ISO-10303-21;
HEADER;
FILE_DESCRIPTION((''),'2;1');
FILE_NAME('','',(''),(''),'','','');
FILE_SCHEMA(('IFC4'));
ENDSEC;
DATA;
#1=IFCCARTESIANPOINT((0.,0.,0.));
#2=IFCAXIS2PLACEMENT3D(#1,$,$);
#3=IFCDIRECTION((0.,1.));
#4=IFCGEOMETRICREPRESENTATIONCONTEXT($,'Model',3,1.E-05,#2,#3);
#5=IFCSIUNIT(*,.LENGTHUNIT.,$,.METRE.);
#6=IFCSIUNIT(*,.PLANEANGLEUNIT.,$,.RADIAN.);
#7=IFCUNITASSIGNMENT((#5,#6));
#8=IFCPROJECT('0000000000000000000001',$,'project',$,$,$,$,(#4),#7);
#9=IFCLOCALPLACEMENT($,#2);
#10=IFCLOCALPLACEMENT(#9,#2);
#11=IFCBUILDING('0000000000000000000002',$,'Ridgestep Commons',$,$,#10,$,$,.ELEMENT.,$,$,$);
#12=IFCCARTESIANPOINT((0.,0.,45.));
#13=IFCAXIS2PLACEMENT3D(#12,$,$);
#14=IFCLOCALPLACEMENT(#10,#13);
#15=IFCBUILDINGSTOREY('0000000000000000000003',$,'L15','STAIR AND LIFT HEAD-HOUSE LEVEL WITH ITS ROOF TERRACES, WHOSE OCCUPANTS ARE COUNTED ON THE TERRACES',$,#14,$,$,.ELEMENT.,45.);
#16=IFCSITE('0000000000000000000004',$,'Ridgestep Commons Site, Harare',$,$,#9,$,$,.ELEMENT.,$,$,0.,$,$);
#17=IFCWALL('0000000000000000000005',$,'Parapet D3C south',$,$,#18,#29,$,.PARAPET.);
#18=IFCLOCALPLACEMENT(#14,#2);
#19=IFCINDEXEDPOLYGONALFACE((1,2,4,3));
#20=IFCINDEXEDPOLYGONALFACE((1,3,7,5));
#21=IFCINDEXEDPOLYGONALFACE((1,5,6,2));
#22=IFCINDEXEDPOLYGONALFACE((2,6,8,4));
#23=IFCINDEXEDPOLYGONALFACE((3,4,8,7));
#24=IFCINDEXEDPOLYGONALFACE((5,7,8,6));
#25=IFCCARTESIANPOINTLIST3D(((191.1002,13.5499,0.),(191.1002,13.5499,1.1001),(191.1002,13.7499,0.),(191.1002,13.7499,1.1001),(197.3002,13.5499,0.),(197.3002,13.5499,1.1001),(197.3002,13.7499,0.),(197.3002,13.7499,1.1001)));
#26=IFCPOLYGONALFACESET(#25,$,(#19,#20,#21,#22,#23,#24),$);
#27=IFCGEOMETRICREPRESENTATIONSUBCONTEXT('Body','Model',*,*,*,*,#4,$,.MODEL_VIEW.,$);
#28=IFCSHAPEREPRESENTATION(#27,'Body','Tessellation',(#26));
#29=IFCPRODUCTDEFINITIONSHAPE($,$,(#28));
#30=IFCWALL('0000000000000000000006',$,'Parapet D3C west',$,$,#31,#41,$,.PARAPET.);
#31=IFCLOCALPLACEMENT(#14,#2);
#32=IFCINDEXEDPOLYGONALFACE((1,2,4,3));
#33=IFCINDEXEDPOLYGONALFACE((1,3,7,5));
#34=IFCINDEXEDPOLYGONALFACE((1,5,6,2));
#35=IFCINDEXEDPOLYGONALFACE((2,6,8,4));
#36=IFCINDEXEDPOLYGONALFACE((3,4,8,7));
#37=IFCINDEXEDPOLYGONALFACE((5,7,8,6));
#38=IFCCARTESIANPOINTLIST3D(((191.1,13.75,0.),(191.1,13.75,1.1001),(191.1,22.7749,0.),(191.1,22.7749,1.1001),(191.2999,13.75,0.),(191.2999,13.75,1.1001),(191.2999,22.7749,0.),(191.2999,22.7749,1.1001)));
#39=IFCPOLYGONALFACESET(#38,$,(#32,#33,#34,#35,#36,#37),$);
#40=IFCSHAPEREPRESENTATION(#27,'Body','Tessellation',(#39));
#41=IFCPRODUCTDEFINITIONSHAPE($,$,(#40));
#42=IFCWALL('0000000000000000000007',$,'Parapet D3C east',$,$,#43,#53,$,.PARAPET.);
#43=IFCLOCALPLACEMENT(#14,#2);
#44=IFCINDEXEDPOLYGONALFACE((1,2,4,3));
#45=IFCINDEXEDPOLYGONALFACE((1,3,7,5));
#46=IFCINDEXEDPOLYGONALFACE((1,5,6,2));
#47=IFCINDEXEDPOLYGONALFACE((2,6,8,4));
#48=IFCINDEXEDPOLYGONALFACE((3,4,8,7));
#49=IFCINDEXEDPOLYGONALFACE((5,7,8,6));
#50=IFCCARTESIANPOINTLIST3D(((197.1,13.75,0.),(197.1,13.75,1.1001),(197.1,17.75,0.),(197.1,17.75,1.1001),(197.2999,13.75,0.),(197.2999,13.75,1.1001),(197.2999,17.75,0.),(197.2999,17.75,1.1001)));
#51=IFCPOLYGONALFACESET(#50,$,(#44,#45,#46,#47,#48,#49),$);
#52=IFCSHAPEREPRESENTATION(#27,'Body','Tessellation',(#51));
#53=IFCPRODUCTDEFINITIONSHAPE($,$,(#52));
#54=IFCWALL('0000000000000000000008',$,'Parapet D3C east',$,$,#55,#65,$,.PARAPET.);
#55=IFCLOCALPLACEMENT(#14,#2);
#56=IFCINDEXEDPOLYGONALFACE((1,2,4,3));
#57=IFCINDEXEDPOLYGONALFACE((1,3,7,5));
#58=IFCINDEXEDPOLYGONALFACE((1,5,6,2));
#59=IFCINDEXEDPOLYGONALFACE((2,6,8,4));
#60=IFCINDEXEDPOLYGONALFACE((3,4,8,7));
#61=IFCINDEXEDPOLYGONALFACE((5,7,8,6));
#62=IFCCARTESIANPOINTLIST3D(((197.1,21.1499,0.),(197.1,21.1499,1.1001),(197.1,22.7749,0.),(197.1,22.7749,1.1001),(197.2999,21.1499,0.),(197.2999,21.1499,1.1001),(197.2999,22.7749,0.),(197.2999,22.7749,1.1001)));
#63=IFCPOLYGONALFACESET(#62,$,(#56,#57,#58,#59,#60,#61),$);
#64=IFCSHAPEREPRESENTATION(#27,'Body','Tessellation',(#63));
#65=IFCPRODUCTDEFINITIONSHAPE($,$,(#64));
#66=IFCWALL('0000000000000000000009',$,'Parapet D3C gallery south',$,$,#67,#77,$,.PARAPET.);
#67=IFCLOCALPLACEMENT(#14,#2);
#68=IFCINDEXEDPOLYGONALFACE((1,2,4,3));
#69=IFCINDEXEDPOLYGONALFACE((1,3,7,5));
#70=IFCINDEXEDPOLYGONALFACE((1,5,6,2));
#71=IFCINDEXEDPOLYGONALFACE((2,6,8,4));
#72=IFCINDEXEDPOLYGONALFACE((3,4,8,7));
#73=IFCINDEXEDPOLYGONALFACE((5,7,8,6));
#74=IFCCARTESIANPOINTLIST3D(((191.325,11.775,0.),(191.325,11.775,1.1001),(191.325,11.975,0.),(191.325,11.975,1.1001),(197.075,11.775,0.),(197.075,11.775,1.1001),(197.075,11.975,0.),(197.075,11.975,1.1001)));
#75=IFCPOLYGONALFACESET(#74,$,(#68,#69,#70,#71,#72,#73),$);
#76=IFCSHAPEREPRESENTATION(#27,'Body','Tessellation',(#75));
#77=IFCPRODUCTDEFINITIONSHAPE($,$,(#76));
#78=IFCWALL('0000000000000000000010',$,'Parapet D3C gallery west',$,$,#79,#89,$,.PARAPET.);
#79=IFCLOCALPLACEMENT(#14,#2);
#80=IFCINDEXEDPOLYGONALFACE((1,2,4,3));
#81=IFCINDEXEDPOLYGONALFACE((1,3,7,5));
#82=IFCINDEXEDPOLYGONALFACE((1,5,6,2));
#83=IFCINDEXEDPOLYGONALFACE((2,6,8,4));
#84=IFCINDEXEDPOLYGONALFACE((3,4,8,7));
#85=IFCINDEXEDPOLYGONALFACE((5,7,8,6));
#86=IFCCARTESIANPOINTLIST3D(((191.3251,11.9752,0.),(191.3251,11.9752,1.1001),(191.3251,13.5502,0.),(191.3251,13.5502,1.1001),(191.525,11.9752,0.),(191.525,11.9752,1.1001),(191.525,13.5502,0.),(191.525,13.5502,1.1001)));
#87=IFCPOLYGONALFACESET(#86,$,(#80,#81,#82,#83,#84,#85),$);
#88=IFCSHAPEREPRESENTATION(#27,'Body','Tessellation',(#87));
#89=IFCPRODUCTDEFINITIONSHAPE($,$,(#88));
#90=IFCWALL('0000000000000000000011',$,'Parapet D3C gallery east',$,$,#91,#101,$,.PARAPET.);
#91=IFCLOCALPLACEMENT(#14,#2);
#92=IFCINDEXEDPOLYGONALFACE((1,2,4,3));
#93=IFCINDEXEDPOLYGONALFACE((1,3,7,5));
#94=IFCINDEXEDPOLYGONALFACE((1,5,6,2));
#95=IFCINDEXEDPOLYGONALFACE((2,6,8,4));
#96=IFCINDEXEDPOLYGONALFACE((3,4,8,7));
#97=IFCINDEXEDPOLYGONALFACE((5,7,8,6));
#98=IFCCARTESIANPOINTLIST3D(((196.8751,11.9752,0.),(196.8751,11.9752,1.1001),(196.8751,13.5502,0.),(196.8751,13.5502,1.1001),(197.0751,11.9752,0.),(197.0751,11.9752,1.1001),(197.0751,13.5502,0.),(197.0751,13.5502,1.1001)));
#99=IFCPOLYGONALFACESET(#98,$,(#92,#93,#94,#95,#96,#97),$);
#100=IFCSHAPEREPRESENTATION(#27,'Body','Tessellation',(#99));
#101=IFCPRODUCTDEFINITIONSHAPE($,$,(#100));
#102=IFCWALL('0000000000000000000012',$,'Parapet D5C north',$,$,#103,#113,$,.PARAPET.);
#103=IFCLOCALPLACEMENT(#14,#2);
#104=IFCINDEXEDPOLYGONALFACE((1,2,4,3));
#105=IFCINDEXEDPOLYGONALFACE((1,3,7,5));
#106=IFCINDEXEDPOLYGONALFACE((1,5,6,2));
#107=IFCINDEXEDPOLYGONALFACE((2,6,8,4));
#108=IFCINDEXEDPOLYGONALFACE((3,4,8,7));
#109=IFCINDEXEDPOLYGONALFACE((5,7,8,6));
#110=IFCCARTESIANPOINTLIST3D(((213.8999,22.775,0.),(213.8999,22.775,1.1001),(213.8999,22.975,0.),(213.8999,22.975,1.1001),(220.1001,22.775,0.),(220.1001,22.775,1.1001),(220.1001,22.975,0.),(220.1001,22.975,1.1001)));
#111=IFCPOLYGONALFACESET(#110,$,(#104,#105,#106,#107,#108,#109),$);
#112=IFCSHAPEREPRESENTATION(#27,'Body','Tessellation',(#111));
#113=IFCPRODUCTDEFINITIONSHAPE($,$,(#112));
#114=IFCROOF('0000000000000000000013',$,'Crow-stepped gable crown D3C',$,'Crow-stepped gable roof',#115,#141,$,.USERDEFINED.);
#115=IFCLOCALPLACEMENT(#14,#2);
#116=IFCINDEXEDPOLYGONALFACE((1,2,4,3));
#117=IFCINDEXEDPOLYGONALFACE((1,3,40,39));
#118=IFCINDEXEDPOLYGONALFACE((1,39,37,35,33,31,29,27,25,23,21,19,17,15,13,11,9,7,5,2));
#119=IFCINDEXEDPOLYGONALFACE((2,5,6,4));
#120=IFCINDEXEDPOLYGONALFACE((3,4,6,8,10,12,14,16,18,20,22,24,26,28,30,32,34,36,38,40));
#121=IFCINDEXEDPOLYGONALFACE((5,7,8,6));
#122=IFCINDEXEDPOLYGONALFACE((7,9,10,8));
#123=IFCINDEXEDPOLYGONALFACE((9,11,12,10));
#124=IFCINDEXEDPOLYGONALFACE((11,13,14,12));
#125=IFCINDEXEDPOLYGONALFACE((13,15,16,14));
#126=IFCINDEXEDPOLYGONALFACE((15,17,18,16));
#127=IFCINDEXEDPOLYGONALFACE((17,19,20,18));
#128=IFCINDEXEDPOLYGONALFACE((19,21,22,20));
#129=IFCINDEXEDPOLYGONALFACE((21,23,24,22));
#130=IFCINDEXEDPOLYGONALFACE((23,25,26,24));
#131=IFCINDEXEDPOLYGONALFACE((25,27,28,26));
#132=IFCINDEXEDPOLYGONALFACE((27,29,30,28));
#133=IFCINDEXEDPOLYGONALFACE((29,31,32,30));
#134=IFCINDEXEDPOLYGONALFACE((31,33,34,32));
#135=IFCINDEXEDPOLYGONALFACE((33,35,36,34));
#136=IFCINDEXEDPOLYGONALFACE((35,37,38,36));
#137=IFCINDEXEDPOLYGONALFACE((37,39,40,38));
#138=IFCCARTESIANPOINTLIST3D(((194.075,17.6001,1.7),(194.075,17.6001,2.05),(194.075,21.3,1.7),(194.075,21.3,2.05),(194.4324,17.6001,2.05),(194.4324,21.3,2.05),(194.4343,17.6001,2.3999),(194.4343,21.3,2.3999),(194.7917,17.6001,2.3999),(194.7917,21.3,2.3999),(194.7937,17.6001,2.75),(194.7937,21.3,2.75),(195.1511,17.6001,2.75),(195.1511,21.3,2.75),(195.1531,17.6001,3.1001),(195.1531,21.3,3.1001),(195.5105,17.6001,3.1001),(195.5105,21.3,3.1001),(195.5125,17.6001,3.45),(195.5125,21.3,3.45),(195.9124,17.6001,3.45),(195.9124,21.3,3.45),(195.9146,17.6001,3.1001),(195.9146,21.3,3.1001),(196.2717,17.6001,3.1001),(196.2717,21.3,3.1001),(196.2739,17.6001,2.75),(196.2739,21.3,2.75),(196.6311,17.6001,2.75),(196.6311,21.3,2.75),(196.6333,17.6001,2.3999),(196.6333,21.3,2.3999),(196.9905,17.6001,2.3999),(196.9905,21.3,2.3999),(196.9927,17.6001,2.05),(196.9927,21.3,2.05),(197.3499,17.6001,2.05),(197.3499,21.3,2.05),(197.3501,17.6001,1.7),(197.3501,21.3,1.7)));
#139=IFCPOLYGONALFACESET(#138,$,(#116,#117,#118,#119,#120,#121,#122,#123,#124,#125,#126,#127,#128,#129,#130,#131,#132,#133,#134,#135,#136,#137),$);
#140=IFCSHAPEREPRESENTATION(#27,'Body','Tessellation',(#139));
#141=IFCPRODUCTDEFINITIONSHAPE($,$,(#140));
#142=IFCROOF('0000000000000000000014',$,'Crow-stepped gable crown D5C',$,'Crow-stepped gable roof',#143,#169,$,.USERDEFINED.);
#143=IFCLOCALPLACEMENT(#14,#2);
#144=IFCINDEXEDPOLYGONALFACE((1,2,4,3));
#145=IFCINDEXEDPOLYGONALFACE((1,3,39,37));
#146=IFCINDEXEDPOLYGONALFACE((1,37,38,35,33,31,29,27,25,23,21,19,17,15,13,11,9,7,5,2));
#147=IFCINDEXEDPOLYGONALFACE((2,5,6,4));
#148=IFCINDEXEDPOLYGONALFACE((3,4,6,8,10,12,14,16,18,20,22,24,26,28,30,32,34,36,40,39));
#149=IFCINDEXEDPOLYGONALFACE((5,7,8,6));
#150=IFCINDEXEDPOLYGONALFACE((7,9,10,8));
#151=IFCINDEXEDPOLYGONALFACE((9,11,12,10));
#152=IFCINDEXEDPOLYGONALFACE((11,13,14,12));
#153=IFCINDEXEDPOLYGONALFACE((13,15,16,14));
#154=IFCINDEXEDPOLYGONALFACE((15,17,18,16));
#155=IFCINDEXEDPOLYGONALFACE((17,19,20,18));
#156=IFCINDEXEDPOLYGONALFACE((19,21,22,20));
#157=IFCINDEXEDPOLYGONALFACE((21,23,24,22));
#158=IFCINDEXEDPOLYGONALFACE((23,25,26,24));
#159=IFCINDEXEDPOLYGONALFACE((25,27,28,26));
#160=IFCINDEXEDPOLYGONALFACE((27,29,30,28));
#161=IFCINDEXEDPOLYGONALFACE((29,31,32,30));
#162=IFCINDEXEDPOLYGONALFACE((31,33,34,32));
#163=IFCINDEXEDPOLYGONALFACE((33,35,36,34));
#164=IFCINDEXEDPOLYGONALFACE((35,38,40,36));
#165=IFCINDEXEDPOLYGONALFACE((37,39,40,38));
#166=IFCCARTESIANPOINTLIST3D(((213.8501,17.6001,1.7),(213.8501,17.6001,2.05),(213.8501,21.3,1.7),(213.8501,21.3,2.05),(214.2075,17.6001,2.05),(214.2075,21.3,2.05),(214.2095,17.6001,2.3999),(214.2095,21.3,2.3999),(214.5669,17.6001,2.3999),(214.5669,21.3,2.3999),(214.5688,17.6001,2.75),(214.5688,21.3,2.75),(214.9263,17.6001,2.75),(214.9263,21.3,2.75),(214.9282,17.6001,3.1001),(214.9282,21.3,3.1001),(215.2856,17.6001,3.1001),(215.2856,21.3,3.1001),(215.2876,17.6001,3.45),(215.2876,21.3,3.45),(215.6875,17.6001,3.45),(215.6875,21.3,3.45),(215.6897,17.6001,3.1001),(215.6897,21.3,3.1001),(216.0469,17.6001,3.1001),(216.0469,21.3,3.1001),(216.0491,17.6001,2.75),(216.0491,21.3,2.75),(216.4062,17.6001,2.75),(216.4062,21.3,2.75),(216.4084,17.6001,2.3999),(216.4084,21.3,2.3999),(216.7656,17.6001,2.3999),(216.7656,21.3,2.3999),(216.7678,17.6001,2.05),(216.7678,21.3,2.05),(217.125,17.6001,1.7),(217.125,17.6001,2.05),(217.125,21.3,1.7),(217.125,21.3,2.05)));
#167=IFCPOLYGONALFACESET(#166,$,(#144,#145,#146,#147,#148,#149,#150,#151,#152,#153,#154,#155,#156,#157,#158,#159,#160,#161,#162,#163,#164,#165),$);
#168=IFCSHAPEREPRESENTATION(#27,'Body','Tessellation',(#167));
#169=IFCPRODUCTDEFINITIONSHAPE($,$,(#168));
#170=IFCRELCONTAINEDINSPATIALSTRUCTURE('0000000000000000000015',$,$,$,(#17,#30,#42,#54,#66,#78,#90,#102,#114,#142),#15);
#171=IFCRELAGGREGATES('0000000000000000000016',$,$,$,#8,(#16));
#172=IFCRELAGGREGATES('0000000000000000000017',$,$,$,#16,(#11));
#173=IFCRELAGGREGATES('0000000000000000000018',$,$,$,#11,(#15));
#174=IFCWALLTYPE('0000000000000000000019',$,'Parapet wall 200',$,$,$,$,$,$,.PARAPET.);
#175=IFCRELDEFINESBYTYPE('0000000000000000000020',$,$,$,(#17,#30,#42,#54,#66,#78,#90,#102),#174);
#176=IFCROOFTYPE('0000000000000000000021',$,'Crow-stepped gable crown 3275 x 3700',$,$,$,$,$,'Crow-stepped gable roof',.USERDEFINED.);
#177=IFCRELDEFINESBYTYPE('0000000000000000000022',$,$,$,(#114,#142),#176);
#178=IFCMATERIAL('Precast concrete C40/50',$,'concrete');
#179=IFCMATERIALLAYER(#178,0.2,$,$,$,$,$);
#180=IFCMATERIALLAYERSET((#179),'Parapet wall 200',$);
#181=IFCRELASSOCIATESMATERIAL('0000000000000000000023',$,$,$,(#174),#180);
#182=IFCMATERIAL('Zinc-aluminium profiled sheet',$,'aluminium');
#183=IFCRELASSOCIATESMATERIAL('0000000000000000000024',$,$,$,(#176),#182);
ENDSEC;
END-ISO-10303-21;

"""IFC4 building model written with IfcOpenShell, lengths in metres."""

from ifc_helpers import new_model, si_unit, direction, frame, frame_2d, origin, place, context, subcontext, project, spatial, polyline, rectangle, outline, extrude, material, layer, layer_set, type_object, element, save


model = new_model("IFC4")

# Units and contexts
model_context = context("Model", 3, precision=1e-05, world=origin(), true_north=direction((0.0, 1.0)))
body_context = subcontext(model_context, "Body", "Model", "MODEL_VIEW")
ifc_project = project(units=[si_unit("LENGTHUNIT", "METRE"), si_unit("PLANEANGLEUNIT", "RADIAN")], contexts=[model_context])

# Site, building, storey
site_placement = place(None, origin())
site = spatial("IfcSite", under=ifc_project, at=site_placement, Name="Ridgestep Commons Site, Harare", CompositionType="ELEMENT", RefElevation=0.0)
building_placement = place(site_placement, origin())
building = spatial("IfcBuilding", under=site, at=building_placement, Name="Ridgestep Commons", CompositionType="ELEMENT")
storey_placement = place(building_placement, frame((0.0, 0.0, 45.0)))
storey = spatial("IfcBuildingStorey", under=building, at=storey_placement, Name="L15", Description="STAIR AND LIFT HEAD-HOUSE LEVEL WITH ITS ROOF TERRACES, WHOSE OCCUPANTS ARE COUNTED ON THE TERRACES", CompositionType="ELEMENT", Elevation=45.0)

# Walls
ifc_material_1 = material(Name="Precast concrete C40/50", Category="concrete")
ifc_layer_1 = layer(ifc_material_1, 0.2)
ifc_layer_set_1 = layer_set([ifc_layer_1], Name="Parapet wall 200")
wall_type_1 = type_object("IfcWallType", Name="Parapet wall 200", PredefinedType="PARAPET", material=ifc_layer_set_1)
for number, where, z_axis, x_axis, name in (
    (1, (191.1001, 13.6499, 0.0), (0.0, 0.0, 1.0), (1.0, 0.0, 0.0), "Parapet D3C south"),
):
    element("IfcWall", number, at=place(storey_placement, frame(where, z_axis=z_axis, x_axis=x_axis)), inside=storey, type_object=wall_type_1, Name=name, PredefinedType="PARAPET", context=body_context, shape_type="SweptSolid", body=[
        extrude(rectangle(XDim=6.2, YDim=0.2, at=frame_2d((3.1001, 0.0))), origin(), (0.0, 0.0, 1.0), 1.1001),
    ])
wall_1_placement = place(storey_placement, frame((191.2, 13.75, 0.0), z_axis=(0.0, 0.0, 1.0), x_axis=(0.0, 1.0, 0.0)))
element("IfcWall", 2, at=wall_1_placement, inside=storey, type_object=wall_type_1, Name="Parapet D3C west", PredefinedType="PARAPET", context=body_context, shape_type="SweptSolid", body=[
    extrude(rectangle(XDim=9.0249, YDim=0.2, at=frame_2d((4.5125, 0.0))), origin(), (0.0, 0.0, 1.0), 1.1001),
])
wall_2_placement = place(storey_placement, frame((197.2, 13.75, 0.0), z_axis=(0.0, 0.0, 1.0), x_axis=(0.0, 1.0, 0.0)))
element("IfcWall", 3, at=wall_2_placement, inside=storey, type_object=wall_type_1, Name="Parapet D3C east", PredefinedType="PARAPET", context=body_context, shape_type="SweptSolid", body=[
    extrude(rectangle(XDim=4.0, YDim=0.2, at=frame_2d((2.0, 0.0))), origin(), (0.0, 0.0, 1.0), 1.1001),
])
wall_3_placement = place(storey_placement, frame((197.2, 21.1499, 0.0), z_axis=(0.0, 0.0, 1.0), x_axis=(0.0, 1.0, 0.0)))
element("IfcWall", 4, at=wall_3_placement, inside=storey, type_object=wall_type_1, Name="Parapet D3C east", PredefinedType="PARAPET", context=body_context, shape_type="SweptSolid", body=[
    extrude(rectangle(XDim=1.625, YDim=0.2, at=frame_2d((0.8125, 0.0))), origin(), (0.0, 0.0, 1.0), 1.1001),
])
wall_4_placement = place(storey_placement, frame((191.325, 11.875, 0.0), z_axis=(0.0, 0.0, 1.0), x_axis=(1.0, 0.0, 0.0)))
element("IfcWall", 5, at=wall_4_placement, inside=storey, type_object=wall_type_1, Name="Parapet D3C gallery south", PredefinedType="PARAPET", context=body_context, shape_type="SweptSolid", body=[
    extrude(rectangle(XDim=5.75, YDim=0.2, at=frame_2d((2.875, 0.0))), origin(), (0.0, 0.0, 1.0), 1.1001),
])
for number, where, z_axis, x_axis, name in (
    (6, (191.425, 11.9751, 0.0), (0.0, 0.0, 1.0), (0.0, 1.0, 0.0), "Parapet D3C gallery west"),
    (7, (196.9751, 11.9751, 0.0), (0.0, 0.0, 1.0), (0.0, 1.0, 0.0), "Parapet D3C gallery east"),
):
    element("IfcWall", number, at=place(storey_placement, frame(where, z_axis=z_axis, x_axis=x_axis)), inside=storey, type_object=wall_type_1, Name=name, PredefinedType="PARAPET", context=body_context, shape_type="SweptSolid", body=[
        extrude(rectangle(XDim=1.575, YDim=0.2, at=frame_2d((0.7876, 0.0))), origin(), (0.0, 0.0, 1.0), 1.1001),
    ])
wall_5_placement = place(storey_placement, frame((213.8999, 22.875, 0.0), z_axis=(0.0, 0.0, 1.0), x_axis=(1.0, 0.0, 0.0)))
element("IfcWall", 8, at=wall_5_placement, inside=storey, type_object=wall_type_1, Name="Parapet D5C north", PredefinedType="PARAPET", context=body_context, shape_type="SweptSolid", body=[
    extrude(rectangle(XDim=6.2002, YDim=0.2, at=frame_2d((3.1001, 0.0))), origin(), (0.0, 0.0, 1.0), 1.1001),
])

# Roofs
ifc_material_2 = material(Name="Zinc-aluminium profiled sheet", Category="aluminium")
roof_type = type_object("IfcRoofType", Name="Crow-stepped gable crown 3275 x 3700", ElementType="Crow-stepped gable roof", PredefinedType="USERDEFINED", material=ifc_material_2)
roof_1_placement = place(storey_placement, frame((194.075, 19.45, 1.7), z_axis=(0.0, 0.0, 1.0), x_axis=(1.0, 0.0, 0.0)))
element("IfcRoof", 9, at=roof_1_placement, inside=storey, type_object=roof_type, Name="Crow-stepped gable crown D3C", ObjectType="Crow-stepped gable roof", PredefinedType="USERDEFINED", context=body_context, shape_type="SweptSolid", body=[
    extrude(outline(polyline([(0.0, 0.0), (3.2751, 0.0), (3.2749, 0.3501), (2.9177, 0.3501), (2.9155, 0.7), (2.5583, 0.7), (2.5562, 1.05), (2.199, 1.05), (2.1968, 1.4001), (1.8396, 1.4001), (1.8374, 1.75), (1.4375, 1.75), (1.4355, 1.4001), (1.0781, 1.4001), (1.0762, 1.05), (0.7188, 1.05), (0.7168, 0.7), (0.3594, 0.7), (0.3574, 0.3501), (0.0, 0.3501), (0.0, 0.0)])), frame((0.0, 1.8501, 0.0), z_axis=(0.0, -1.0, 0.0), x_axis=(1.0, 0.0, 0.0)), (0.0, 0.0, 1.0), 3.7),
])
roof_2_placement = place(storey_placement, frame((213.8501, 19.45, 1.7), z_axis=(0.0, 0.0, 1.0), x_axis=(1.0, 0.0, 0.0)))
element("IfcRoof", 10, at=roof_2_placement, inside=storey, type_object=roof_type, Name="Crow-stepped gable crown D5C", ObjectType="Crow-stepped gable roof", PredefinedType="USERDEFINED", context=body_context, shape_type="SweptSolid", body=[
    extrude(outline(polyline([(0.0, 0.0), (3.2749, 0.0), (3.2749, 0.3501), (2.9177, 0.3501), (2.9155, 0.7), (2.5583, 0.7), (2.5562, 1.05), (2.199, 1.05), (2.1968, 1.4001), (1.8396, 1.4001), (1.8374, 1.75), (1.4375, 1.75), (1.4355, 1.4001), (1.0781, 1.4001), (1.0762, 1.05), (0.7188, 1.05), (0.7168, 0.7), (0.3594, 0.7), (0.3574, 0.3501), (0.0, 0.3501), (0.0, 0.0)])), frame((0.0, 1.8501, 0.0), z_axis=(0.0, -1.0, 0.0), x_axis=(1.0, 0.0, 0.0)), (0.0, 0.0, 1.0), 3.7),
])

save(model, "model.ifc")
